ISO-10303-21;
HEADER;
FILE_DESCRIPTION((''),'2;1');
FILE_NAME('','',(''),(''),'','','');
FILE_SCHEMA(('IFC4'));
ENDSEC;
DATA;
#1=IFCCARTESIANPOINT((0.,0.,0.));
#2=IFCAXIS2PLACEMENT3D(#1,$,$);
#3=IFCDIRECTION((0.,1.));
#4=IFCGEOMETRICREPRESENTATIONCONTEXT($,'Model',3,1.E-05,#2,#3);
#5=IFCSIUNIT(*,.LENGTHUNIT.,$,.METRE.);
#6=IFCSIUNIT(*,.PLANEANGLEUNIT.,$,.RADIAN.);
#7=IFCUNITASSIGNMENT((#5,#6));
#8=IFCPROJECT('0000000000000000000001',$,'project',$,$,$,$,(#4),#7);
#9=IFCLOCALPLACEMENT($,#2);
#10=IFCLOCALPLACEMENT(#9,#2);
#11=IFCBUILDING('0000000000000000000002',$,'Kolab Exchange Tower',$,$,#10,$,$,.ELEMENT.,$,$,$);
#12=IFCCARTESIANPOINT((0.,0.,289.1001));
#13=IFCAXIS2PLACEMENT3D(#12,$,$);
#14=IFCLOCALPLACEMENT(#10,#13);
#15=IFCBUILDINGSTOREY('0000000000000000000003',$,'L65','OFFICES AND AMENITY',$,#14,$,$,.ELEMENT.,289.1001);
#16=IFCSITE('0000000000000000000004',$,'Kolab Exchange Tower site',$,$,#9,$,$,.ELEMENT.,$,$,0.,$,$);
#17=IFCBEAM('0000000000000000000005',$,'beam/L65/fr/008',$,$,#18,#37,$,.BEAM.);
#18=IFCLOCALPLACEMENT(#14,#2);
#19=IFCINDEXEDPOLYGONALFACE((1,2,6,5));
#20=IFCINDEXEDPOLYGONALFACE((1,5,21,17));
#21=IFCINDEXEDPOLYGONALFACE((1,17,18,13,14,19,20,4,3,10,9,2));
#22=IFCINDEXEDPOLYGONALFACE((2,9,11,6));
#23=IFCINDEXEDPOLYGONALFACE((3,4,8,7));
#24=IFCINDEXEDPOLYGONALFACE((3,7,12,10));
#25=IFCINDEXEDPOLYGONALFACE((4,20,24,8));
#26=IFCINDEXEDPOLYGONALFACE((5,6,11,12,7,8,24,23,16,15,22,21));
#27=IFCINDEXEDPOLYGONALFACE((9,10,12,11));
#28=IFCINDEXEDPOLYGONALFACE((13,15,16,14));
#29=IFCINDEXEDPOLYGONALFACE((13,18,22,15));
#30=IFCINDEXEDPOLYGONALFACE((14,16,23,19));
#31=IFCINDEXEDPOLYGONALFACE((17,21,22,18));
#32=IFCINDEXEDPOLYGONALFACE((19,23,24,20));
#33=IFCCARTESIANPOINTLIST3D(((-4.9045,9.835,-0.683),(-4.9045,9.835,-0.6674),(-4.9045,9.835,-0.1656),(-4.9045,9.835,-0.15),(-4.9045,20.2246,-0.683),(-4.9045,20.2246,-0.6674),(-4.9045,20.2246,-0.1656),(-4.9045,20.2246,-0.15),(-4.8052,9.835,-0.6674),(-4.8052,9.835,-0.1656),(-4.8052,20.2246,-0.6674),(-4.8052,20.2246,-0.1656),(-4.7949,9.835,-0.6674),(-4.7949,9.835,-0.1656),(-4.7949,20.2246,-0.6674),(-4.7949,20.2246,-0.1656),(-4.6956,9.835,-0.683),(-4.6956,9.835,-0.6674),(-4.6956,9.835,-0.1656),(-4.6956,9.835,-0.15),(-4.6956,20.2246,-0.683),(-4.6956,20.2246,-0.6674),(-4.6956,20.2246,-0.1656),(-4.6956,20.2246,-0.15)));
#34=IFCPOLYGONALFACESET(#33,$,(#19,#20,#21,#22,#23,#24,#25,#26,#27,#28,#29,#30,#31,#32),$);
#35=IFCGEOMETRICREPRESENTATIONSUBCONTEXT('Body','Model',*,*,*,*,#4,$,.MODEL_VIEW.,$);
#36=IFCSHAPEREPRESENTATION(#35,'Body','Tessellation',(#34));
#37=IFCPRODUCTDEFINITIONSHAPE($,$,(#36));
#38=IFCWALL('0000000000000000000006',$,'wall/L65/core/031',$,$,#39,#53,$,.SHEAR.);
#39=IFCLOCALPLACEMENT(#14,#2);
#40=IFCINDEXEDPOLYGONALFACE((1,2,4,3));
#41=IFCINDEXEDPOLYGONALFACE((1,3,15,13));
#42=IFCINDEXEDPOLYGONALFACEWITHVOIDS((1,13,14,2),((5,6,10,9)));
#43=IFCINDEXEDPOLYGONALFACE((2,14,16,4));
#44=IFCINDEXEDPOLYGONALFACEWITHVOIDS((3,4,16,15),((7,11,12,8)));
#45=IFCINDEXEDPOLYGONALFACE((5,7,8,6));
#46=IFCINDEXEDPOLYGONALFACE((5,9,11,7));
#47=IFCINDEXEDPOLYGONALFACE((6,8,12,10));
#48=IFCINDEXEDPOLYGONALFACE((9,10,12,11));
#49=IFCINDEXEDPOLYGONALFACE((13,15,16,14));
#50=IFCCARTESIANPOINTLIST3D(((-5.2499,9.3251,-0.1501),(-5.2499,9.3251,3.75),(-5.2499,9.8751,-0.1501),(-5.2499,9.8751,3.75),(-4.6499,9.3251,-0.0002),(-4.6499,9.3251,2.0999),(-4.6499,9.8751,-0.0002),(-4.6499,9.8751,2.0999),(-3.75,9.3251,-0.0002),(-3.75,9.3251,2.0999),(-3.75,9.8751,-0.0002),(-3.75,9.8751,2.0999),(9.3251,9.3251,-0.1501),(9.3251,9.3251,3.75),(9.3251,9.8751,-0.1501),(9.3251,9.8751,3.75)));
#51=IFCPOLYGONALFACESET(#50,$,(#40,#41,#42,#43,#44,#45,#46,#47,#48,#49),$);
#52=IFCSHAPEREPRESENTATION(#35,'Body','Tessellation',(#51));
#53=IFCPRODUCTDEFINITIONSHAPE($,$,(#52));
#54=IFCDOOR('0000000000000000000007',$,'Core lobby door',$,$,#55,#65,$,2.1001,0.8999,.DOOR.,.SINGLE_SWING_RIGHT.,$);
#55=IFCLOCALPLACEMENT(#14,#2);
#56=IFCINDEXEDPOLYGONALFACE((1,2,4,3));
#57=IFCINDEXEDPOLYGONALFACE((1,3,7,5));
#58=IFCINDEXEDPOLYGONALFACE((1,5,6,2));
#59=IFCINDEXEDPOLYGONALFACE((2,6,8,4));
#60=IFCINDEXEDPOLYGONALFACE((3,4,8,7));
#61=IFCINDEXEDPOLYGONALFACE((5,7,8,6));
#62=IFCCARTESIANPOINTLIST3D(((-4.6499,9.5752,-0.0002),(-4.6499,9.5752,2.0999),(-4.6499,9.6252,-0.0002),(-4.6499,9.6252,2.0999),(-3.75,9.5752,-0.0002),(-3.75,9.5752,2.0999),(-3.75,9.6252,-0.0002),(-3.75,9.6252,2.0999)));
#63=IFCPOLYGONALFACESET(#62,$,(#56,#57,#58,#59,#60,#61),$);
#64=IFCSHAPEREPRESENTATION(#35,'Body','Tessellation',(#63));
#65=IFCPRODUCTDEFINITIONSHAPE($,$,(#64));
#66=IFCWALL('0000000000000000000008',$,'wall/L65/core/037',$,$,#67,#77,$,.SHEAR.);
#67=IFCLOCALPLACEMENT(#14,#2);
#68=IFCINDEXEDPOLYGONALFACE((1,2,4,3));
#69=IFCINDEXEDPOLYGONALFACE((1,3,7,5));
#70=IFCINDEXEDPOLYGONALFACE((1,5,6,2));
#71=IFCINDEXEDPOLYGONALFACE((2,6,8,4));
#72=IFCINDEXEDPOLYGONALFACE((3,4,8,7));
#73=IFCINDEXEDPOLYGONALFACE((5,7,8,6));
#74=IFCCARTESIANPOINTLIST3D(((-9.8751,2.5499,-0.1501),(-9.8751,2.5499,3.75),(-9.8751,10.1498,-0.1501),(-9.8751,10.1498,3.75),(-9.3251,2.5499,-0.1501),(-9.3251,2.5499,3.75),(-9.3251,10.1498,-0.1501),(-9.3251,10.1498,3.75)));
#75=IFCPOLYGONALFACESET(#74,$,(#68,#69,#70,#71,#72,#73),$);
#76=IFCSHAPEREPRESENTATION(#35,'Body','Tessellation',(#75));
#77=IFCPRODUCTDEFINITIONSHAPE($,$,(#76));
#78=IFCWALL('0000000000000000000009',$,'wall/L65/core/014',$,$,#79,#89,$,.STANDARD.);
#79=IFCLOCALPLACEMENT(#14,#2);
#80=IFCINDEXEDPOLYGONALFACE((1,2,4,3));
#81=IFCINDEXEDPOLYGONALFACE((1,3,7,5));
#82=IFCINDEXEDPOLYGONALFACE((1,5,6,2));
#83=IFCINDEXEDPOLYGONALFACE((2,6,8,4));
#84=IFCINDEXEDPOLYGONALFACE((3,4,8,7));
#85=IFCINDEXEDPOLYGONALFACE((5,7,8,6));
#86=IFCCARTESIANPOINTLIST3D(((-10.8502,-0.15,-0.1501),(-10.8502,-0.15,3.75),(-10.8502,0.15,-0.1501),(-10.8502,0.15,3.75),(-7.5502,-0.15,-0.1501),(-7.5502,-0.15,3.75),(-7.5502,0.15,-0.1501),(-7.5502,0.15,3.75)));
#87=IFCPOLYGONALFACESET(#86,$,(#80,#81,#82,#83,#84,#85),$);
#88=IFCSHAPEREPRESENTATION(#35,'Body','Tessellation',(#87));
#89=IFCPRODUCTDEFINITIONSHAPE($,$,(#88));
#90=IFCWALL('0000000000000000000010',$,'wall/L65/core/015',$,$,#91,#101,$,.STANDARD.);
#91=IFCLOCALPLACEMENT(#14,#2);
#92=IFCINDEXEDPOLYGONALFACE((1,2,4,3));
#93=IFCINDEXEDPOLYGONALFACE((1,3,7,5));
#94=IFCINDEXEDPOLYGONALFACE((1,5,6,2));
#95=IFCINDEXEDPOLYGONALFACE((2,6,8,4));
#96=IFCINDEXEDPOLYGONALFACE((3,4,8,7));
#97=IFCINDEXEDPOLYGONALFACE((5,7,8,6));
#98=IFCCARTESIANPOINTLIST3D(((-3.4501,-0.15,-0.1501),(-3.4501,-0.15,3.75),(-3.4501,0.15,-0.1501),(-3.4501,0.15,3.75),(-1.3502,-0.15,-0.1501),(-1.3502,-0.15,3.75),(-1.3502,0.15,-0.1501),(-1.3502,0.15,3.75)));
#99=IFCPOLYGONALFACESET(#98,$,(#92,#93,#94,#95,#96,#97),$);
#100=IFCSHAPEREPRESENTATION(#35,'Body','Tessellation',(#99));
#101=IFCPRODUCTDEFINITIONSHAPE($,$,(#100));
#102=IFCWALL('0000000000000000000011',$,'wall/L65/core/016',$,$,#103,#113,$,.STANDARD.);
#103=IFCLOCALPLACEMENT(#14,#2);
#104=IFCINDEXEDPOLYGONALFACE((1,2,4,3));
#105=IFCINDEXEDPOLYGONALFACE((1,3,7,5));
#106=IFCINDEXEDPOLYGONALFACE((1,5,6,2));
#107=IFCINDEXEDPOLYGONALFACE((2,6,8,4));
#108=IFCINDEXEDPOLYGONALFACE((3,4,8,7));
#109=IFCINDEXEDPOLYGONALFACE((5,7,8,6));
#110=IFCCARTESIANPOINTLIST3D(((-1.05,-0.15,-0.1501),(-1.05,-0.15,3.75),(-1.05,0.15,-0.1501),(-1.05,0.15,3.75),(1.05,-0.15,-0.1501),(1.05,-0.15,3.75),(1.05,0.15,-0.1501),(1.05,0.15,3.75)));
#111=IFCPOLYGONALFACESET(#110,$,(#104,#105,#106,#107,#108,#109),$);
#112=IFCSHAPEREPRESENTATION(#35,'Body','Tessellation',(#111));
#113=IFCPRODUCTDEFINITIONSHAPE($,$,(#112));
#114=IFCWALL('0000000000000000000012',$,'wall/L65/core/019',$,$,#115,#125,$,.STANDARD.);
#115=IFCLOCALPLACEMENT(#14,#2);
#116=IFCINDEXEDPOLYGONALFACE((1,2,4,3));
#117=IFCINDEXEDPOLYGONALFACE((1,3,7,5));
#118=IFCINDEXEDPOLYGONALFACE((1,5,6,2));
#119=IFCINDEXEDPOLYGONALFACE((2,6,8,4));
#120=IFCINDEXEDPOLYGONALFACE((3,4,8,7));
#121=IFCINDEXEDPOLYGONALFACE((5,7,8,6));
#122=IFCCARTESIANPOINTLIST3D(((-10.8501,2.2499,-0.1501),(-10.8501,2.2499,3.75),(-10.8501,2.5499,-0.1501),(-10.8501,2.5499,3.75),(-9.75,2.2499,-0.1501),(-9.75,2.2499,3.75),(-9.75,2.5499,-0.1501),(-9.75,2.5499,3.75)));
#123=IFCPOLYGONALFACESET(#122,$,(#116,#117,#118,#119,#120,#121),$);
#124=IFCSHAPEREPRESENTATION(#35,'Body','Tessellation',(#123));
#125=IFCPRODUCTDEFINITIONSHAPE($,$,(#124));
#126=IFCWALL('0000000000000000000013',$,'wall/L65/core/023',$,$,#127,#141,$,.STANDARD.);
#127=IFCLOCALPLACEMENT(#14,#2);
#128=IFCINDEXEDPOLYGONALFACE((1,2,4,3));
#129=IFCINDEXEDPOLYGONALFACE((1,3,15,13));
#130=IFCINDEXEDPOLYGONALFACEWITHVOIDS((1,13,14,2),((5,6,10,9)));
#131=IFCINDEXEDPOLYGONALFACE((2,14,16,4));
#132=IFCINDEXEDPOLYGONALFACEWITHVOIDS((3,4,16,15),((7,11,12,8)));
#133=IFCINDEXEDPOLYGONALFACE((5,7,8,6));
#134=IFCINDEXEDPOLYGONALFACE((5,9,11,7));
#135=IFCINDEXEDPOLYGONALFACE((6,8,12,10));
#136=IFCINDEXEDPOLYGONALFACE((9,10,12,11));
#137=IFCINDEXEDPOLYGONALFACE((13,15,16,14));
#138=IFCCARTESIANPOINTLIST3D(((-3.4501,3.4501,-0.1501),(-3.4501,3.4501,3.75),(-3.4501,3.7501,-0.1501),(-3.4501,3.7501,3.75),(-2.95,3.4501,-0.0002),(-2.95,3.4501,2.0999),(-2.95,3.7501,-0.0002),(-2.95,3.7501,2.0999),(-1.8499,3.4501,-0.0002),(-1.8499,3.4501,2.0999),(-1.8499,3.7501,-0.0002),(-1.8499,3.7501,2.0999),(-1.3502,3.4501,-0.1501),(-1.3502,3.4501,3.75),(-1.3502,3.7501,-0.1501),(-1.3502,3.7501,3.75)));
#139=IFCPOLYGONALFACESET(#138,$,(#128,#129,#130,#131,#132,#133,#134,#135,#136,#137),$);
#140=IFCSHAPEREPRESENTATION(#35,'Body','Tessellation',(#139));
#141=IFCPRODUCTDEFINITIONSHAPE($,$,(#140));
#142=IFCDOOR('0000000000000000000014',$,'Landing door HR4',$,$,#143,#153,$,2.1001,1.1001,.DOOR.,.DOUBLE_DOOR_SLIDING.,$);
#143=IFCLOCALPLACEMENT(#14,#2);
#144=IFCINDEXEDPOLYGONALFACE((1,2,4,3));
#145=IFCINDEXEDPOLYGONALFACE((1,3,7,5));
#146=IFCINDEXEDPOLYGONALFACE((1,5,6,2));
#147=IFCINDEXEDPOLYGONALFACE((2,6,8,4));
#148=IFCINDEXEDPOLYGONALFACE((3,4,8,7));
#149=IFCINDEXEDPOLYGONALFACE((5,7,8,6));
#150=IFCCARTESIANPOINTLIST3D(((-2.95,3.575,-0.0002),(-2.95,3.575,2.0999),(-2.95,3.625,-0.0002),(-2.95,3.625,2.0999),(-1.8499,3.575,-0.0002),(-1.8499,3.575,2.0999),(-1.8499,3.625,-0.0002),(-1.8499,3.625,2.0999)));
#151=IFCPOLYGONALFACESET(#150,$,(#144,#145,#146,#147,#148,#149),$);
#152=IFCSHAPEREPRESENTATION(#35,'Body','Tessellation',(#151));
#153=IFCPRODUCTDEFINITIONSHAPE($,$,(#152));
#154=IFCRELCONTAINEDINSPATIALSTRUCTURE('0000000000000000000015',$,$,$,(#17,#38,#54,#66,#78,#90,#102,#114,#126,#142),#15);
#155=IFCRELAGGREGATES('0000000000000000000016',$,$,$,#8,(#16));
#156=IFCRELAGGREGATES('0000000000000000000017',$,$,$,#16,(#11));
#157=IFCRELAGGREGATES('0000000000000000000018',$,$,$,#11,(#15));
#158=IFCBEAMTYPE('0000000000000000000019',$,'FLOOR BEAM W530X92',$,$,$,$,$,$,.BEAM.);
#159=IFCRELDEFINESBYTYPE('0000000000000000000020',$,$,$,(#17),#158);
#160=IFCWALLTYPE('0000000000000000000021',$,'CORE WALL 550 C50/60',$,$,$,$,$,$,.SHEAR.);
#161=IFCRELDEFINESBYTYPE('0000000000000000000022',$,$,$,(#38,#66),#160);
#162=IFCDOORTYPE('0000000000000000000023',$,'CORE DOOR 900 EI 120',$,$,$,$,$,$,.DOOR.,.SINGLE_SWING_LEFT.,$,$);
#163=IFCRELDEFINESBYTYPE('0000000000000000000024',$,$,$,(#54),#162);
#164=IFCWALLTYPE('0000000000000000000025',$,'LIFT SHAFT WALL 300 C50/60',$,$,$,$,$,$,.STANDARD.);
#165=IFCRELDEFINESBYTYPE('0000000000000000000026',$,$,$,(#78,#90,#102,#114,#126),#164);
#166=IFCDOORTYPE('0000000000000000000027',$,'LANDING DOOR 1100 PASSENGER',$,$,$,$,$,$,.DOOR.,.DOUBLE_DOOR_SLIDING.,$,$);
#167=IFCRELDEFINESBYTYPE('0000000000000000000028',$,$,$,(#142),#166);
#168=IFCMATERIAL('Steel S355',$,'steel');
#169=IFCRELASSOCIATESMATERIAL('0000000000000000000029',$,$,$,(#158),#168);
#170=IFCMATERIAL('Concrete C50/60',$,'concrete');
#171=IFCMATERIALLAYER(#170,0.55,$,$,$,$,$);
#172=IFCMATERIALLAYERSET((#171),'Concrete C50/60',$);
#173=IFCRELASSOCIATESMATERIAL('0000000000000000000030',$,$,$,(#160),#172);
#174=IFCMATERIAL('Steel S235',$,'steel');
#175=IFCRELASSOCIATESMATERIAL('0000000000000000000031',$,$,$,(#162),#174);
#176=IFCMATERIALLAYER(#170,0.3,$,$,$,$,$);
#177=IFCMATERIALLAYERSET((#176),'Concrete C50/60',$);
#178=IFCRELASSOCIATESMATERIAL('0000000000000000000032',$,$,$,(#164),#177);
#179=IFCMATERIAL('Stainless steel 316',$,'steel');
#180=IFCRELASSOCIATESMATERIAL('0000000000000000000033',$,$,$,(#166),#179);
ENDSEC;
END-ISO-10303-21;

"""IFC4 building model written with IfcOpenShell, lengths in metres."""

from ifc_helpers import new_model, si_unit, direction, frame, frame_2d, origin, origin_2d, place, context, subcontext, project, spatial, rectangle, i_section, extrude, material, layer, layer_set, material_profile, profile_set, type_object, element, fill, save


model = new_model("IFC4")

# Units and contexts
model_context = context("Model", 3, precision=1e-05, world=origin(), true_north=direction((0.0, 1.0)))
body_context = subcontext(model_context, "Body", "Model", "MODEL_VIEW")
ifc_project = project(units=[si_unit("LENGTHUNIT", "METRE"), si_unit("PLANEANGLEUNIT", "RADIAN")], contexts=[model_context])

# Site, building, storey
site_placement = place(None, origin())
site = spatial("IfcSite", under=ifc_project, at=site_placement, Name="Kolab Exchange Tower site", CompositionType="ELEMENT", RefElevation=0.0)
building_placement = place(site_placement, origin())
building = spatial("IfcBuilding", under=site, at=building_placement, Name="Kolab Exchange Tower", CompositionType="ELEMENT")
storey_placement = place(building_placement, frame((0.0, 0.0, 289.1001)))
storey = spatial("IfcBuildingStorey", under=building, at=storey_placement, Name="L65", Description="OFFICES AND AMENITY", CompositionType="ELEMENT", Elevation=289.1001)

# Beam
ifc_material_1 = material(Name="Steel S355", Category="steel")
ifc_material_profile = material_profile(ifc_material_1, i_section(OverallWidth=0.209, OverallDepth=0.533, WebThickness=0.0103, FlangeThickness=0.0156, at=origin_2d()), Name="W530X92")
ifc_profile_set = profile_set([ifc_material_profile], Name="Steel S355")
beam_type = type_object("IfcBeamType", Name="FLOOR BEAM W530X92", PredefinedType="BEAM", material=ifc_profile_set)
beam_placement = place(storey_placement, frame((-4.8, 9.835, -0.4165), z_axis=(0.0, 1.0, 0.0), x_axis=(-1.0, 0.0, 0.0)))
element("IfcBeam", 1, at=beam_placement, inside=storey, type_object=beam_type, Name="beam/L65/fr/008", PredefinedType="BEAM", context=body_context, shape_type="SweptSolid", body=[
    extrude(i_section(OverallWidth=0.209, OverallDepth=0.533, WebThickness=0.0103, FlangeThickness=0.0156, at=origin_2d()), origin(), (0.0, 0.0, 1.0), 10.3896),
])

# Wall, opening, door
ifc_material_2 = material(Name="Concrete C50/60", Category="concrete")
ifc_layer_1 = layer(ifc_material_2, 0.55)
ifc_layer_set_1 = layer_set([ifc_layer_1], Name="Concrete C50/60")
wall_type_1 = type_object("IfcWallType", Name="CORE WALL 550 C50/60", PredefinedType="SHEAR", material=ifc_layer_set_1)
wall_1_placement = place(storey_placement, frame((-5.25, 9.6001, -0.1501), z_axis=(0.0, 0.0, 1.0), x_axis=(1.0, 0.0, 0.0)))
wall_1 = element("IfcWall", 2, at=wall_1_placement, inside=storey, type_object=wall_type_1, Name="wall/L65/core/031", PredefinedType="SHEAR", context=body_context, shape_type="SweptSolid", body=[
    extrude(rectangle(XDim=14.575, YDim=0.55, at=frame_2d((7.2876, 0.0))), origin(), (0.0, 0.0, 1.0), 3.9001),
])
opening_1_placement = place(wall_1_placement, frame((0.6001, 0.0, 0.1499)))
opening_1 = element("IfcOpeningElement", 3, at=opening_1_placement, cuts=wall_1, PredefinedType="OPENING", context=body_context, shape_type="SweptSolid", body=[
    extrude(rectangle(XDim=0.8999, YDim=2.1001, at=frame_2d((0.45, 1.05))), frame((0.0, 0.2852, 0.0), z_axis=(0.0, -1.0, 0.0), x_axis=(1.0, 0.0, 0.0)), (0.0, 0.0, 1.0), 0.5701),
])
ifc_material_3 = material(Name="Steel S235", Category="steel")
door_type_1 = type_object("IfcDoorType", Name="CORE DOOR 900 EI 120", OperationType="SINGLE_SWING_LEFT", PredefinedType="DOOR", material=ifc_material_3)
door_1_placement = place(opening_1_placement, frame((0.8999, 0.0, 0.0), z_axis=(0.0, 0.0, 1.0), x_axis=(-1.0, 0.0, 0.0)))
door_1 = element("IfcDoor", 4, at=door_1_placement, inside=storey, type_object=door_type_1, Name="Core lobby door", OperationType="SINGLE_SWING_RIGHT", OverallHeight=2.1001, OverallWidth=0.8999, PredefinedType="DOOR", context=body_context, shape_type="SweptSolid", body=[
    extrude(rectangle(XDim=0.8999, YDim=2.1001, at=frame_2d((0.45, 1.05))), frame((0.0, 0.0249, 0.0), z_axis=(0.0, -1.0, 0.0), x_axis=(1.0, 0.0, 0.0)), (0.0, 0.0, 1.0), 0.05),
])
fill(opening_1, door_1)

# Walls
wall_2_placement = place(storey_placement, frame((-9.6001, 2.55, -0.1501), z_axis=(0.0, 0.0, 1.0), x_axis=(0.0, 1.0, 0.0)))
element("IfcWall", 5, at=wall_2_placement, inside=storey, type_object=wall_type_1, Name="wall/L65/core/037", PredefinedType="SHEAR", context=body_context, shape_type="SweptSolid", body=[
    extrude(rectangle(XDim=7.5999, YDim=0.55, at=frame_2d((3.7998, 0.0))), origin(), (0.0, 0.0, 1.0), 3.9001),
])
ifc_layer_2 = layer(ifc_material_2, 0.3)
ifc_layer_set_2 = layer_set([ifc_layer_2], Name="Concrete C50/60")
wall_type_2 = type_object("IfcWallType", Name="LIFT SHAFT WALL 300 C50/60", PredefinedType="STANDARD", material=ifc_layer_set_2)
wall_3_placement = place(storey_placement, frame((-10.8501, 0.0, -0.1501), z_axis=(0.0, 0.0, 1.0), x_axis=(1.0, 0.0, 0.0)))
element("IfcWall", 6, at=wall_3_placement, inside=storey, type_object=wall_type_2, Name="wall/L65/core/014", PredefinedType="STANDARD", context=body_context, shape_type="SweptSolid", body=[
    extrude(rectangle(XDim=3.3, YDim=0.3, at=frame_2d((1.6499, 0.0))), origin(), (0.0, 0.0, 1.0), 3.9001),
])
wall_4_placement = place(storey_placement, frame((-3.45, 0.0, -0.1501), z_axis=(0.0, 0.0, 1.0), x_axis=(1.0, 0.0, 0.0)))
element("IfcWall", 7, at=wall_4_placement, inside=storey, type_object=wall_type_2, Name="wall/L65/core/015", PredefinedType="STANDARD", context=body_context, shape_type="SweptSolid", body=[
    extrude(rectangle(XDim=2.0999, YDim=0.3, at=frame_2d((1.0498, 0.0))), origin(), (0.0, 0.0, 1.0), 3.9001),
])
wall_5_placement = place(storey_placement, frame((-1.05, 0.0, -0.1501), z_axis=(0.0, 0.0, 1.0), x_axis=(1.0, 0.0, 0.0)))
element("IfcWall", 8, at=wall_5_placement, inside=storey, type_object=wall_type_2, Name="wall/L65/core/016", PredefinedType="STANDARD", context=body_context, shape_type="SweptSolid", body=[
    extrude(rectangle(XDim=2.1001, YDim=0.3, at=frame_2d((1.05, 0.0))), origin(), (0.0, 0.0, 1.0), 3.9001),
])
wall_6_placement = place(storey_placement, frame((-10.8501, 2.3999, -0.1501), z_axis=(0.0, 0.0, 1.0), x_axis=(1.0, 0.0, 0.0)))
element("IfcWall", 9, at=wall_6_placement, inside=storey, type_object=wall_type_2, Name="wall/L65/core/019", PredefinedType="STANDARD", context=body_context, shape_type="SweptSolid", body=[
    extrude(rectangle(XDim=1.1001, YDim=0.3, at=frame_2d((0.55, 0.0))), origin(), (0.0, 0.0, 1.0), 3.9001),
])

# Wall, opening, door
wall_7_placement = place(storey_placement, frame((-3.45, 3.6001, -0.1501), z_axis=(0.0, 0.0, 1.0), x_axis=(1.0, 0.0, 0.0)))
wall_7 = element("IfcWall", 10, at=wall_7_placement, inside=storey, type_object=wall_type_2, Name="wall/L65/core/023", PredefinedType="STANDARD", context=body_context, shape_type="SweptSolid", body=[
    extrude(rectangle(XDim=2.0999, YDim=0.3, at=frame_2d((1.0498, 0.0))), origin(), (0.0, 0.0, 1.0), 3.9001),
])
opening_2_placement = place(wall_7_placement, frame((0.5, 0.0, 0.1499)))
opening_2 = element("IfcOpeningElement", 11, at=opening_2_placement, cuts=wall_7, PredefinedType="OPENING", context=body_context, shape_type="SweptSolid", body=[
    extrude(rectangle(XDim=1.1001, YDim=2.1001, at=frame_2d((0.55, 1.05))), frame((0.0, 0.1602, 0.0), z_axis=(0.0, -1.0, 0.0), x_axis=(1.0, 0.0, 0.0)), (0.0, 0.0, 1.0), 0.3201),
])
ifc_material_4 = material(Name="Stainless steel 316", Category="steel")
door_type_2 = type_object("IfcDoorType", Name="LANDING DOOR 1100 PASSENGER", OperationType="DOUBLE_DOOR_SLIDING", PredefinedType="DOOR", material=ifc_material_4)
door_2_placement = place(opening_2_placement, origin())
door_2 = element("IfcDoor", 12, at=door_2_placement, inside=storey, type_object=door_type_2, Name="Landing door HR4", OperationType="DOUBLE_DOOR_SLIDING", OverallHeight=2.1001, OverallWidth=1.1001, PredefinedType="DOOR", context=body_context, shape_type="SweptSolid", body=[
    extrude(rectangle(XDim=1.1001, YDim=2.1001, at=frame_2d((0.55, 1.05))), frame((0.0, 0.0249, 0.0), z_axis=(0.0, -1.0, 0.0), x_axis=(1.0, 0.0, 0.0)), (0.0, 0.0, 1.0), 0.05),
])
fill(opening_2, door_2)

save(model, "model.ifc")
